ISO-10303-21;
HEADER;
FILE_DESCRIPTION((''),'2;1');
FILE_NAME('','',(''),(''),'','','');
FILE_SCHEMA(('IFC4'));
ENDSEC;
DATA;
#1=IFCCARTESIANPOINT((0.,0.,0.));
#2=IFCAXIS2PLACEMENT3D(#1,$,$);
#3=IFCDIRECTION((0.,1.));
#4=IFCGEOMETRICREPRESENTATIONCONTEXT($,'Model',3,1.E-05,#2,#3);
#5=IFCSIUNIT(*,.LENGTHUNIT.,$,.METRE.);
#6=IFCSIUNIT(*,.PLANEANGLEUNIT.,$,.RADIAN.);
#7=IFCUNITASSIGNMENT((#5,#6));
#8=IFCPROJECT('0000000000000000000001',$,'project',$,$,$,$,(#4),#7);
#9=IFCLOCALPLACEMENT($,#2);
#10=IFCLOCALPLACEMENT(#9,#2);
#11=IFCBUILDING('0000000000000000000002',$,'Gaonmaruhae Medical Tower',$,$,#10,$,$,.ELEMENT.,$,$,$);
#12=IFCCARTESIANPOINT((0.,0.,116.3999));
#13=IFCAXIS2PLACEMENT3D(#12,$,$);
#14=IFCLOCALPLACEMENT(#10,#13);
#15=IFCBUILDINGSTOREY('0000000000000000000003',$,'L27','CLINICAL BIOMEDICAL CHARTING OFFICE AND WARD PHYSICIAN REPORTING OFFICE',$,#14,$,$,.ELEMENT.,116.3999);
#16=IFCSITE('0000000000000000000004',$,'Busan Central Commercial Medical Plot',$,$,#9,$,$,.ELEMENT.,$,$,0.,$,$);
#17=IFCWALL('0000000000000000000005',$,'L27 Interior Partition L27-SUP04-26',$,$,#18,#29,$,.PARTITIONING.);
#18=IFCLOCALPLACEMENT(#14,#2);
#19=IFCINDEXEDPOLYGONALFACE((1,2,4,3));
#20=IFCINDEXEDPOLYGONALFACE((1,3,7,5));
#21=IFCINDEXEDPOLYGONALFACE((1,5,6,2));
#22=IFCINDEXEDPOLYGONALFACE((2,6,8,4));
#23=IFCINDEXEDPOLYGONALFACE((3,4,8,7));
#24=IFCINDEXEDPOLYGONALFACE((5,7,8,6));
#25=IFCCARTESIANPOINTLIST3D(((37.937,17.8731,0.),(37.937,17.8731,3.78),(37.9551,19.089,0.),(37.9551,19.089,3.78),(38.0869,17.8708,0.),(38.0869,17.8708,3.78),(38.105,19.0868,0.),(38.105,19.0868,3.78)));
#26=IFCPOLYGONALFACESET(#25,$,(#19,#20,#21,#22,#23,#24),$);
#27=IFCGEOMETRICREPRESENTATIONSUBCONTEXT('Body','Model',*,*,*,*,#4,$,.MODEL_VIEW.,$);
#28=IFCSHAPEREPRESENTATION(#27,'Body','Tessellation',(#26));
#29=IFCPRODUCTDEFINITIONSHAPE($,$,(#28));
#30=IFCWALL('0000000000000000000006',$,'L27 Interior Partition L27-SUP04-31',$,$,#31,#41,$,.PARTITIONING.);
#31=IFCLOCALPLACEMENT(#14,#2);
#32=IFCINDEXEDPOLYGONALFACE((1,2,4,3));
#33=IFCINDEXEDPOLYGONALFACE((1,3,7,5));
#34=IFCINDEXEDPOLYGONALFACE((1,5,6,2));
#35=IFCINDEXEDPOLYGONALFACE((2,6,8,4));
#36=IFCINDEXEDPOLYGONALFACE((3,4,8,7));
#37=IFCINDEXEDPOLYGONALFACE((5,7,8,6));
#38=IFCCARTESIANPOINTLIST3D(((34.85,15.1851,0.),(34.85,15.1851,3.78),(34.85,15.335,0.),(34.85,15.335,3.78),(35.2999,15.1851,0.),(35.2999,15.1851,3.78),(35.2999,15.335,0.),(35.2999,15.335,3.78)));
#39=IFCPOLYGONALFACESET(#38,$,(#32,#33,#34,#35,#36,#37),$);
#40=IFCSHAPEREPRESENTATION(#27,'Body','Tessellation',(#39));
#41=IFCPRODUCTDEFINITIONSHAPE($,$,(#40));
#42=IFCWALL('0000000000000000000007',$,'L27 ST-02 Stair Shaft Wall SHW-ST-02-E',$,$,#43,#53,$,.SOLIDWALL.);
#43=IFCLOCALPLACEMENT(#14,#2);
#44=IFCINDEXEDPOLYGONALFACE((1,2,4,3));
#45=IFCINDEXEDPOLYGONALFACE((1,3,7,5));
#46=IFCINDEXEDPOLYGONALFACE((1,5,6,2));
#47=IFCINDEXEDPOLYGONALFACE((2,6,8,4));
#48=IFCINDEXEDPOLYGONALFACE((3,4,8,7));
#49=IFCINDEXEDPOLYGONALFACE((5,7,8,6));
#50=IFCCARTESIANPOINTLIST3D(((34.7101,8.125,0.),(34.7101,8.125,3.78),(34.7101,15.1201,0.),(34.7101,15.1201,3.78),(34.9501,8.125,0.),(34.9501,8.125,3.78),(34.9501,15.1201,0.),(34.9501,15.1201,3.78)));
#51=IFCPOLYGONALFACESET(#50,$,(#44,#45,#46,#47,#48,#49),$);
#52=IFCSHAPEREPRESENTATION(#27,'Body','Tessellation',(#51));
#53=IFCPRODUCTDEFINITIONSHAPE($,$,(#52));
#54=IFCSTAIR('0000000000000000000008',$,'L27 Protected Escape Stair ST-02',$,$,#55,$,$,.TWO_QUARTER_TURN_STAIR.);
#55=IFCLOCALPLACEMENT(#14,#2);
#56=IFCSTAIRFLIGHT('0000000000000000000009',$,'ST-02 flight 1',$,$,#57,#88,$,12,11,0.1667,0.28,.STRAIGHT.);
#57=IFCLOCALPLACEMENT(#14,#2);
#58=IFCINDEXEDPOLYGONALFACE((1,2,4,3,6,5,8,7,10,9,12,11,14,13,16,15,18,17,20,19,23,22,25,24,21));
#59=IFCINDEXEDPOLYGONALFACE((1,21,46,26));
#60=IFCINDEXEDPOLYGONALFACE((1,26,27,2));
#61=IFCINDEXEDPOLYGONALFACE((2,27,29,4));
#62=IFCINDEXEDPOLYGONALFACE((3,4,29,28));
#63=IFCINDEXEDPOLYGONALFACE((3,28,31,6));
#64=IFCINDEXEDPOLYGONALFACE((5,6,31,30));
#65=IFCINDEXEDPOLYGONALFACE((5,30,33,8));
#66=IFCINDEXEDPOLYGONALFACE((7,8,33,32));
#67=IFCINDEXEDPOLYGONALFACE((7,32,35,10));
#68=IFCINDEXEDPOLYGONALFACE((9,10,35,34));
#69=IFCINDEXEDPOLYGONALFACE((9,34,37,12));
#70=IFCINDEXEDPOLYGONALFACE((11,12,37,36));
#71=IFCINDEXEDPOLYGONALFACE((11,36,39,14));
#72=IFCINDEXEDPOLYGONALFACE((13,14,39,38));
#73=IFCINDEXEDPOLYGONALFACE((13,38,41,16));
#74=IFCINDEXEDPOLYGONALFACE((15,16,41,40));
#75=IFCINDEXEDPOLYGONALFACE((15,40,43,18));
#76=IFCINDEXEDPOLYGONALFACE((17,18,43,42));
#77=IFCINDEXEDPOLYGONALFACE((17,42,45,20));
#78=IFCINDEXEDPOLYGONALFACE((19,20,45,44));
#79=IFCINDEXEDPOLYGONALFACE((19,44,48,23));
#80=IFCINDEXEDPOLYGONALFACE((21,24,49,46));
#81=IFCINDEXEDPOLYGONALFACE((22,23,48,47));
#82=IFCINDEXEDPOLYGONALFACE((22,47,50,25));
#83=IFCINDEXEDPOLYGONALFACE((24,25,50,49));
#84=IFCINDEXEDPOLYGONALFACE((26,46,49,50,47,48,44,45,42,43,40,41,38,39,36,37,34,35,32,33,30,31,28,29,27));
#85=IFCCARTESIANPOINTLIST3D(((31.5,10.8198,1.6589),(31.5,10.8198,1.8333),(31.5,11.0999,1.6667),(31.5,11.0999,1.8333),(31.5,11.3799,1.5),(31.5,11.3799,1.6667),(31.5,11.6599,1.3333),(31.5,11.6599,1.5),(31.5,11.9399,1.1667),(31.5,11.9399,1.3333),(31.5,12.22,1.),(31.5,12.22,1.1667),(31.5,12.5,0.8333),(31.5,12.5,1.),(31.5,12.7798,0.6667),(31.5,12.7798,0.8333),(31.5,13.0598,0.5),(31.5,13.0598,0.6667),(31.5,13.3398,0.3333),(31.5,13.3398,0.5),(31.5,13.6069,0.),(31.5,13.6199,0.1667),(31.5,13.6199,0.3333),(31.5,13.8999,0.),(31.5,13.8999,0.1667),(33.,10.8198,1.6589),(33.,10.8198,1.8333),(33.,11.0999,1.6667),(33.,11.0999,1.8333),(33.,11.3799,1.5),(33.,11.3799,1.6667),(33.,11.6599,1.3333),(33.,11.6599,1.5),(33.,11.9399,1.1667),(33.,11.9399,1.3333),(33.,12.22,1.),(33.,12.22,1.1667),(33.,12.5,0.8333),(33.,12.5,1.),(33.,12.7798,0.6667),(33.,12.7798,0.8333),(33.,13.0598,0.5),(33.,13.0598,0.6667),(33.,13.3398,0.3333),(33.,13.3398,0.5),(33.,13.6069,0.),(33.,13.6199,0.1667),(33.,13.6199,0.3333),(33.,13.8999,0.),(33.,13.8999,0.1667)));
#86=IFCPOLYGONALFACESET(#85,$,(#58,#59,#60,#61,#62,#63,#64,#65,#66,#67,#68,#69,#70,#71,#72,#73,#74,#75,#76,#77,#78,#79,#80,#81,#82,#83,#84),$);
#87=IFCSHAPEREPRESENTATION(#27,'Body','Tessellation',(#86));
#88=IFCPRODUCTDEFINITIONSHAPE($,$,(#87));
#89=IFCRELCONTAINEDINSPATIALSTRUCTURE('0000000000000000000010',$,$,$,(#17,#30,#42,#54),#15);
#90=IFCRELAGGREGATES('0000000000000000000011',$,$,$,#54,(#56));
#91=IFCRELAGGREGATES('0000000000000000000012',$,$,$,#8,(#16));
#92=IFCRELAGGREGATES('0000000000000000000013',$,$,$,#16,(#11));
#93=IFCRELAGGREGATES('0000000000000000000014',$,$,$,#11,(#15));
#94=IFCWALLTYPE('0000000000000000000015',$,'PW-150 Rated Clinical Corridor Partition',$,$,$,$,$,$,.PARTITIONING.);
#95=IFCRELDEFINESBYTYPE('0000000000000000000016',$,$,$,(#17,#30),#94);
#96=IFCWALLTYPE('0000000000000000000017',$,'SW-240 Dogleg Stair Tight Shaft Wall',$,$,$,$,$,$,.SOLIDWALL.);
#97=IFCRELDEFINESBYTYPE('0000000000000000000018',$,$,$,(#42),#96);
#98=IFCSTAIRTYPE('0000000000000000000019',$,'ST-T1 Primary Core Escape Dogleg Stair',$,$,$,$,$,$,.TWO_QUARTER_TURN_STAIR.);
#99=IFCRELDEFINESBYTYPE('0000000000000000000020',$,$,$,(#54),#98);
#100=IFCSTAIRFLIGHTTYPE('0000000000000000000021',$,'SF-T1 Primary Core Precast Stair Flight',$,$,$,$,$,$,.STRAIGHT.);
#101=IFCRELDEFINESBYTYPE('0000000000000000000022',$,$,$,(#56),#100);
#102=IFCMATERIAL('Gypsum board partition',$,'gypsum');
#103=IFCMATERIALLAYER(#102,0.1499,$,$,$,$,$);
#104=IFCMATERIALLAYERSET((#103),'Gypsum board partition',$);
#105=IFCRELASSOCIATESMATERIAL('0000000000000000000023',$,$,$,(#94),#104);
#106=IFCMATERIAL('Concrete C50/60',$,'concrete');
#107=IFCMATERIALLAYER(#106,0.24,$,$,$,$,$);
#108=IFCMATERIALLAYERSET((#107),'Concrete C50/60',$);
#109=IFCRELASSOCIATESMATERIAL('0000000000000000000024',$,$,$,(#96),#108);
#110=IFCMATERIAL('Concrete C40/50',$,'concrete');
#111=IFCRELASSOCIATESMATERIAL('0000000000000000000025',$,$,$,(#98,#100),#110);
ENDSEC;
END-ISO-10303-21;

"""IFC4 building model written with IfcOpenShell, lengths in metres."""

from ifc_helpers import new_model, si_unit, direction, frame, frame_2d, origin, place, context, subcontext, project, spatial, polyline, rectangle, outline, extrude, material, layer, layer_set, type_object, element, aggregate, save


model = new_model("IFC4")

# Units and contexts
model_context = context("Model", 3, precision=1e-05, world=origin(), true_north=direction((0.0, 1.0)))
body_context = subcontext(model_context, "Body", "Model", "MODEL_VIEW")
ifc_project = project(units=[si_unit("LENGTHUNIT", "METRE"), si_unit("PLANEANGLEUNIT", "RADIAN")], contexts=[model_context])

# Site, building, storey
site_placement = place(None, origin())
site = spatial("IfcSite", under=ifc_project, at=site_placement, Name="Busan Central Commercial Medical Plot", CompositionType="ELEMENT", RefElevation=0.0)
building_placement = place(site_placement, origin())
building = spatial("IfcBuilding", under=site, at=building_placement, Name="Gaonmaruhae Medical Tower", CompositionType="ELEMENT")
storey_placement = place(building_placement, frame((0.0, 0.0, 116.3999)))
storey = spatial("IfcBuildingStorey", under=building, at=storey_placement, Name="L27", Description="CLINICAL BIOMEDICAL CHARTING OFFICE AND WARD PHYSICIAN REPORTING OFFICE", CompositionType="ELEMENT", Elevation=116.3999)

# Wall
ifc_material_1 = material(Name="Gypsum board partition", Category="gypsum")
ifc_layer_1 = layer(ifc_material_1, 0.1499)
ifc_layer_set_1 = layer_set([ifc_layer_1], Name="Gypsum board partition")
wall_type_1 = type_object("IfcWallType", Name="PW-150 Rated Clinical Corridor Partition", PredefinedType="PARTITIONING", material=ifc_layer_set_1)
wall_1_placement = place(storey_placement, frame((38.012, 17.8721, 0.0), z_axis=(0.0, 0.0, 1.0), x_axis=(0.014858, 0.99989, 0.0)))
element("IfcWall", 1, at=wall_1_placement, inside=storey, type_object=wall_type_1, Name="L27 Interior Partition L27-SUP04-26", PredefinedType="PARTITIONING", context=body_context, shape_type="SweptSolid", body=[
    extrude(rectangle(XDim=1.2161, YDim=0.1499, at=frame_2d((0.6079, 0.0))), origin(), (0.0, 0.0, 1.0), 3.78),
])

# Wall
wall_2_placement = place(storey_placement, frame((35.3, 15.26, 0.0), z_axis=(0.0, 0.0, 1.0), x_axis=(-1.0, 0.0, 0.0)))
element("IfcWall", 2, at=wall_2_placement, inside=storey, type_object=wall_type_1, Name="L27 Interior Partition L27-SUP04-31", PredefinedType="PARTITIONING", context=body_context, shape_type="SweptSolid", body=[
    extrude(rectangle(XDim=0.45, YDim=0.1499, at=frame_2d((0.2251, 0.0))), origin(), (0.0, 0.0, 1.0), 3.78),
])

# Shared definitions
ifc_material_2 = material(Name="Concrete C50/60", Category="concrete")
ifc_layer_2 = layer(ifc_material_2, 0.24)
ifc_layer_set_2 = layer_set([ifc_layer_2], Name="Concrete C50/60")
wall_type_2 = type_object("IfcWallType", Name="SW-240 Dogleg Stair Tight Shaft Wall", PredefinedType="SOLIDWALL", material=ifc_layer_set_2)

# Wall
wall_3_placement = place(storey_placement, frame((34.8301, 15.1201, 0.0), z_axis=(0.0, 0.0, 1.0), x_axis=(0.0, -1.0, 0.0)))
element("IfcWall", 3, at=wall_3_placement, inside=storey, type_object=wall_type_2, Name="L27 ST-02 Stair Shaft Wall SHW-ST-02-E", PredefinedType="SOLIDWALL", context=body_context, shape_type="SweptSolid", body=[
    extrude(rectangle(XDim=6.9951, YDim=0.24, at=frame_2d((3.4976, 0.0))), origin(), (0.0, 0.0, 1.0), 3.78),
])

# Stair, stair flight
ifc_material_3 = material(Name="Concrete C40/50", Category="concrete")
stair_type = type_object("IfcStairType", Name="ST-T1 Primary Core Escape Dogleg Stair", PredefinedType="TWO_QUARTER_TURN_STAIR", material=ifc_material_3)
stair_placement = place(storey_placement, origin())
stair = element("IfcStair", 4, at=stair_placement, inside=storey, type_object=stair_type, Name="L27 Protected Escape Stair ST-02", PredefinedType="TWO_QUARTER_TURN_STAIR")
stair_flight_type = type_object("IfcStairFlightType", Name="SF-T1 Primary Core Precast Stair Flight", PredefinedType="STRAIGHT", material=ifc_material_3)
stair_flight_placement = place(storey_placement, frame((32.25, 13.8999, 0.0), z_axis=(0.0, 0.0, 1.0), x_axis=(0.0, -1.0, 0.0)))
stair_flight = element("IfcStairFlight", 5, at=stair_flight_placement, type_object=stair_flight_type, Name="ST-02 flight 1", NumberOfRisers=12, NumberOfTreads=11, PredefinedType="STRAIGHT", RiserHeight=0.1667, TreadLength=0.28, context=body_context, shape_type="SweptSolid", body=[
    extrude(outline(polyline([(0.0, 0.0), (0.0, 0.1667), (0.28, 0.1667), (0.28, 0.3333), (0.5601, 0.3333), (0.5601, 0.5), (0.8401, 0.5), (0.8401, 0.6667), (1.1201, 0.6667), (1.1201, 0.8333), (1.3999, 0.8333), (1.3999, 1.0), (1.6799, 1.0), (1.6799, 1.1667), (1.96, 1.1667), (1.96, 1.3333), (2.24, 1.3333), (2.24, 1.5), (2.52, 1.5), (2.52, 1.6667), (2.8, 1.6667), (2.8, 1.8333), (3.0801, 1.8333), (3.0801, 2.0), (3.0801, 1.6589), (0.293, 0.0), (0.0, 0.0)])), frame((0.0, 0.75, 0.0), z_axis=(0.0, -1.0, 0.0), x_axis=(1.0, 0.0, 0.0)), (0.0, 0.0, 1.0), 1.5),
])
aggregate(stair, [stair_flight])

save(model, "model.ifc")
